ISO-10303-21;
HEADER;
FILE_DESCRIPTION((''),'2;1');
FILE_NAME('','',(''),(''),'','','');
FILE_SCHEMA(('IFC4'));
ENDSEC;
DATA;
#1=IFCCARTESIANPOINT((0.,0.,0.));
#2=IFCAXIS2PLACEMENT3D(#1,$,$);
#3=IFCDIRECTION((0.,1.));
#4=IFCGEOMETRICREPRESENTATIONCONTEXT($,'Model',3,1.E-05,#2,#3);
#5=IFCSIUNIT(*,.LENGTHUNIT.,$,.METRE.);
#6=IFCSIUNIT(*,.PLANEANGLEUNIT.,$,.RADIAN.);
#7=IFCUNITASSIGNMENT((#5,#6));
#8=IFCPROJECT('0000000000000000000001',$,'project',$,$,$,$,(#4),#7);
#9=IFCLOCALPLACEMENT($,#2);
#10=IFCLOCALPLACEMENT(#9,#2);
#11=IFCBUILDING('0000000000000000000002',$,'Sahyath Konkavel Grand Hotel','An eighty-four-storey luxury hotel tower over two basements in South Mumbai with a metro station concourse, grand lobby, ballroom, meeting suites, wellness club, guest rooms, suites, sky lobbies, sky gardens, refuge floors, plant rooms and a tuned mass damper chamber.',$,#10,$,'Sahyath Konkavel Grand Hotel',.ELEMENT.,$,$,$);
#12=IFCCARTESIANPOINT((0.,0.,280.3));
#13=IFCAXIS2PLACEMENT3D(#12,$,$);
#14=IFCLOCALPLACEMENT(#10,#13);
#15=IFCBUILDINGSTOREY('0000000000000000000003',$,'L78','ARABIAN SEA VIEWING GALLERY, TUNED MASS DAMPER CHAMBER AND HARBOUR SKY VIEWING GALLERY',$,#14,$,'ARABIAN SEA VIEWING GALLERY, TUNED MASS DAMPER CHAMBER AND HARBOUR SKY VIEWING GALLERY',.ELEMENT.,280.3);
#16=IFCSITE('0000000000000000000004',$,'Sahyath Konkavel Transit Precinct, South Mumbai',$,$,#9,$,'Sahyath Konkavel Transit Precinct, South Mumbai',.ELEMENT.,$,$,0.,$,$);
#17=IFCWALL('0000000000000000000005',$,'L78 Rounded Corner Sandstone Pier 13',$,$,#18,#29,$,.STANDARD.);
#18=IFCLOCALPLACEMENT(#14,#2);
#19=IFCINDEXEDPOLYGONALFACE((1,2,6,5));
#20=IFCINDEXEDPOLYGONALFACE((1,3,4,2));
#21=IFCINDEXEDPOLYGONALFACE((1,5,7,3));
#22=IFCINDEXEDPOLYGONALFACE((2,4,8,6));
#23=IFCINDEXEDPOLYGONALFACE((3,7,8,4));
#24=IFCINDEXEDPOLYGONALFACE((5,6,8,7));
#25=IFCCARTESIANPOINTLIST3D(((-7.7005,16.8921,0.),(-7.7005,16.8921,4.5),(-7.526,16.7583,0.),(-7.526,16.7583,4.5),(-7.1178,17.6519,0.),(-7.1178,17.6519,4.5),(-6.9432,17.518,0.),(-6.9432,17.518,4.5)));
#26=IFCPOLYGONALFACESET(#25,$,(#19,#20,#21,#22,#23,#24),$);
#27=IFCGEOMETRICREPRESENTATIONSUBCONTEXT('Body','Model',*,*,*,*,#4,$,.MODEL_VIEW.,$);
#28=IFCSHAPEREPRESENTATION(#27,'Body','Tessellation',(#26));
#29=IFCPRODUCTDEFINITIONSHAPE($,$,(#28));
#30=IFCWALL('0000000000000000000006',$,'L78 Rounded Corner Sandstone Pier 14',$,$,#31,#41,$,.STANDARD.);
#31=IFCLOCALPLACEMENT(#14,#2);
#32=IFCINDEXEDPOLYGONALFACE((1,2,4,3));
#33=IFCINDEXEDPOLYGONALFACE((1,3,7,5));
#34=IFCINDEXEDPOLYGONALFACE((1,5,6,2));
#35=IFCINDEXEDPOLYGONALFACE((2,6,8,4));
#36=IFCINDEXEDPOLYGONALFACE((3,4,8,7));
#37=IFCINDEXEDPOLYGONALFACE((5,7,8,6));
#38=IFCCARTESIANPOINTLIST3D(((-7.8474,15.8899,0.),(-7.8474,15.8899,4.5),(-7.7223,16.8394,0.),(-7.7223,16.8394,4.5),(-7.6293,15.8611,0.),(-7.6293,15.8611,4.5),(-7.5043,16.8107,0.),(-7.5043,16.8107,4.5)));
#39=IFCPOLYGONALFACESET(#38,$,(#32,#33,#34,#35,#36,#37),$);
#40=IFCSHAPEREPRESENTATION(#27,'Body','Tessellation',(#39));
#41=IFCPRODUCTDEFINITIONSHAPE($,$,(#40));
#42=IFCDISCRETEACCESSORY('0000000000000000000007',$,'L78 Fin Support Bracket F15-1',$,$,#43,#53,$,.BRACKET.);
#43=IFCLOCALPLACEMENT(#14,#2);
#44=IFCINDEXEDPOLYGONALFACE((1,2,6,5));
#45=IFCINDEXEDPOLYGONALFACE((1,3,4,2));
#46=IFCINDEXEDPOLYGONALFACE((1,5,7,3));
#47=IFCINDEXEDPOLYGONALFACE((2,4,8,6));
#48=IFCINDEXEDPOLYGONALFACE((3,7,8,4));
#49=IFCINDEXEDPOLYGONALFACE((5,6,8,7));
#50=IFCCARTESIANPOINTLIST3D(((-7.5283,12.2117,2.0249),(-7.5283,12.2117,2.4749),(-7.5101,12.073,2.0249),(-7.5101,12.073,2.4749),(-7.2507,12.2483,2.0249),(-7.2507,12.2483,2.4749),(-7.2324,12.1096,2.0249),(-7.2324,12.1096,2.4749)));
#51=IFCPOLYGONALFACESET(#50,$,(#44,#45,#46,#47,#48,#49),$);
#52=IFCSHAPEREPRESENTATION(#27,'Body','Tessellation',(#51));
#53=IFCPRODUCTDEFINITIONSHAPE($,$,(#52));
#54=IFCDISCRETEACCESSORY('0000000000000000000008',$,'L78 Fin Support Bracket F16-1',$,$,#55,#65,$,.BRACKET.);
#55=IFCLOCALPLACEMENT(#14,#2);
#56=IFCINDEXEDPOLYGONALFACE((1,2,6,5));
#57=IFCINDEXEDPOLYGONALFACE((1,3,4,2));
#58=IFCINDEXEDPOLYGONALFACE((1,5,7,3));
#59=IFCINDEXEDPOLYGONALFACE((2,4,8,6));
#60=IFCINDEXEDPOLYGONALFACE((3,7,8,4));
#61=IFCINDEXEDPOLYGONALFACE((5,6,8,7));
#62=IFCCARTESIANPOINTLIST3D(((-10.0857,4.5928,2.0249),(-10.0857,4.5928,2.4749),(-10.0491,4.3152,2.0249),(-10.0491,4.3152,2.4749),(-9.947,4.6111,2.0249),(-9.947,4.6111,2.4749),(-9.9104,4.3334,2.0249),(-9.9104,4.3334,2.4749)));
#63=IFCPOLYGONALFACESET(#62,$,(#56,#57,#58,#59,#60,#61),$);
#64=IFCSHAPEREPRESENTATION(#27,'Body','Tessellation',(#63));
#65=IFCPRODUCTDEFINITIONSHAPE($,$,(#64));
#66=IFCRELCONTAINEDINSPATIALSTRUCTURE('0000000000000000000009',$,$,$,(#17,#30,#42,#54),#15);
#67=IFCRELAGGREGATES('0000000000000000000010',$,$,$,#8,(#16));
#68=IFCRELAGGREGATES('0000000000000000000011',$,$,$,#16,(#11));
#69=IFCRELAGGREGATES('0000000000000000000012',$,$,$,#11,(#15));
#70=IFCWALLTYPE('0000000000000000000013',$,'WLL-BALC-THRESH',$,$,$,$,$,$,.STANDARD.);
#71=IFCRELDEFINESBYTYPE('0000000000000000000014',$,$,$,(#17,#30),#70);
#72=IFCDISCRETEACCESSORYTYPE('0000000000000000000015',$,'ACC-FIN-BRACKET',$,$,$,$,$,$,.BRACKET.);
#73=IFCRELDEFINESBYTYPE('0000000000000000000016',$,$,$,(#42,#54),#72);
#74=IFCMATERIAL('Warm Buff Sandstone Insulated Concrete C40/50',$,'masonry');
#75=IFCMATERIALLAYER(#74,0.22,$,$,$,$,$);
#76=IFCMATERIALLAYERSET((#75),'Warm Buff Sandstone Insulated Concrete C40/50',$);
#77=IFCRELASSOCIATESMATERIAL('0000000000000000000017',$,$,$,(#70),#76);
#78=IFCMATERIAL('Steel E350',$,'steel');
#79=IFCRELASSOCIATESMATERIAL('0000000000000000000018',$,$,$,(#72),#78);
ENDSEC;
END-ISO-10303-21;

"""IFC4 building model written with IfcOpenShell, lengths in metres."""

from ifc_helpers import new_model, si_unit, direction, frame, frame_2d, origin, origin_2d, place, context, subcontext, project, spatial, rectangle, extrude, source, transform, mapped, material, layer, layer_set, type_object, element, save


model = new_model("IFC4")

# Units and contexts
model_context = context("Model", 3, precision=1e-05, world=origin(), true_north=direction((0.0, 1.0)))
body_context = subcontext(model_context, "Body", "Model", "MODEL_VIEW")
ifc_project = project(units=[si_unit("LENGTHUNIT", "METRE"), si_unit("PLANEANGLEUNIT", "RADIAN")], contexts=[model_context])

# Site, building, storey
site_placement = place(None, origin())
site = spatial("IfcSite", under=ifc_project, at=site_placement, Name="Sahyath Konkavel Transit Precinct, South Mumbai", LongName="Sahyath Konkavel Transit Precinct, South Mumbai", CompositionType="ELEMENT", RefElevation=0.0)
building_placement = place(site_placement, origin())
building = spatial("IfcBuilding", under=site, at=building_placement, Name="Sahyath Konkavel Grand Hotel", Description="An eighty-four-storey luxury hotel tower over two basements in South Mumbai with a metro station concourse, grand lobby, ballroom, meeting suites, wellness club, guest rooms, suites, sky lobbies, sky gardens, refuge floors, plant rooms and a tuned mass damper chamber.", LongName="Sahyath Konkavel Grand Hotel", CompositionType="ELEMENT")
storey_placement = place(building_placement, frame((0.0, 0.0, 280.3)))
storey = spatial("IfcBuildingStorey", under=building, at=storey_placement, Name="L78", Description="ARABIAN SEA VIEWING GALLERY, TUNED MASS DAMPER CHAMBER AND HARBOUR SKY VIEWING GALLERY", LongName="ARABIAN SEA VIEWING GALLERY, TUNED MASS DAMPER CHAMBER AND HARBOUR SKY VIEWING GALLERY", CompositionType="ELEMENT", Elevation=280.3)

# Shared definitions
ifc_material_1 = material(Name="Steel E350", Category="steel")

# Walls
ifc_material_2 = material(Name="Warm Buff Sandstone Insulated Concrete C40/50", Category="masonry")
ifc_layer_1 = layer(ifc_material_2, 0.22)
ifc_layer_set_1 = layer_set([ifc_layer_1], Name="Warm Buff Sandstone Insulated Concrete C40/50")
wall_type = type_object("IfcWallType", Name="WLL-BALC-THRESH", PredefinedType="STANDARD", material=ifc_layer_set_1)
wall_1_placement = place(storey_placement, frame((-7.0305, 17.585, 0.0), z_axis=(0.0, 0.0, 1.0), x_axis=(-0.608614, -0.793467, 0.0)))
element("IfcWall", 1, at=wall_1_placement, inside=storey, type_object=wall_type, Name="L78 Rounded Corner Sandstone Pier 13", PredefinedType="STANDARD", context=body_context, shape_type="SweptSolid", body=[
    extrude(rectangle(XDim=0.9575, YDim=0.22, at=frame_2d((0.4788, 0.0))), origin(), (0.0, 0.0, 1.0), 4.5),
])
wall_2_placement = place(storey_placement, frame((-7.6133, 16.8252, 0.0), z_axis=(0.0, 0.0, 1.0), x_axis=(-0.130527, -0.991445, 0.0)))
element("IfcWall", 2, at=wall_2_placement, inside=storey, type_object=wall_type, Name="L78 Rounded Corner Sandstone Pier 14", PredefinedType="STANDARD", context=body_context, shape_type="SweptSolid", body=[
    extrude(rectangle(XDim=0.9578, YDim=0.22, at=frame_2d((0.479, 0.0))), origin(), (0.0, 0.0, 1.0), 4.5),
])

# Discrete accessories
discrete_accessory_type = type_object("IfcDiscreteAccessoryType", Name="ACC-FIN-BRACKET", PredefinedType="BRACKET", material=ifc_material_1)
shared_shape_1 = source(origin(), body_context, "Body", "SweptSolid", [
    extrude(rectangle(XDim=0.28, YDim=0.1399, at=origin_2d()), origin(), (0.0, 0.0, 1.0), 0.45),
])
for number, where, z_axis, x_axis, name in (
    (3, (-7.3804, 12.1606, 2.0249), (0.0, 0.0, 1.0), (-0.991445, -0.130526, 0.0), "L78 Fin Support Bracket F15-1"),
    (4, (-9.998, 4.4631, 2.0249), (0.0, 0.0, 1.0), (-0.130526, 0.991445, 0.0), "L78 Fin Support Bracket F16-1"),
):
    element("IfcDiscreteAccessory", number, at=place(storey_placement, frame(where, z_axis=z_axis, x_axis=x_axis)), inside=storey, type_object=discrete_accessory_type, Name=name, PredefinedType="BRACKET", context=body_context, shape_type="MappedRepresentation", body=[
        mapped(shared_shape_1, transform((0.0, 0.0, 0.0), scale=1.0)),
    ])

save(model, "model.ifc")
